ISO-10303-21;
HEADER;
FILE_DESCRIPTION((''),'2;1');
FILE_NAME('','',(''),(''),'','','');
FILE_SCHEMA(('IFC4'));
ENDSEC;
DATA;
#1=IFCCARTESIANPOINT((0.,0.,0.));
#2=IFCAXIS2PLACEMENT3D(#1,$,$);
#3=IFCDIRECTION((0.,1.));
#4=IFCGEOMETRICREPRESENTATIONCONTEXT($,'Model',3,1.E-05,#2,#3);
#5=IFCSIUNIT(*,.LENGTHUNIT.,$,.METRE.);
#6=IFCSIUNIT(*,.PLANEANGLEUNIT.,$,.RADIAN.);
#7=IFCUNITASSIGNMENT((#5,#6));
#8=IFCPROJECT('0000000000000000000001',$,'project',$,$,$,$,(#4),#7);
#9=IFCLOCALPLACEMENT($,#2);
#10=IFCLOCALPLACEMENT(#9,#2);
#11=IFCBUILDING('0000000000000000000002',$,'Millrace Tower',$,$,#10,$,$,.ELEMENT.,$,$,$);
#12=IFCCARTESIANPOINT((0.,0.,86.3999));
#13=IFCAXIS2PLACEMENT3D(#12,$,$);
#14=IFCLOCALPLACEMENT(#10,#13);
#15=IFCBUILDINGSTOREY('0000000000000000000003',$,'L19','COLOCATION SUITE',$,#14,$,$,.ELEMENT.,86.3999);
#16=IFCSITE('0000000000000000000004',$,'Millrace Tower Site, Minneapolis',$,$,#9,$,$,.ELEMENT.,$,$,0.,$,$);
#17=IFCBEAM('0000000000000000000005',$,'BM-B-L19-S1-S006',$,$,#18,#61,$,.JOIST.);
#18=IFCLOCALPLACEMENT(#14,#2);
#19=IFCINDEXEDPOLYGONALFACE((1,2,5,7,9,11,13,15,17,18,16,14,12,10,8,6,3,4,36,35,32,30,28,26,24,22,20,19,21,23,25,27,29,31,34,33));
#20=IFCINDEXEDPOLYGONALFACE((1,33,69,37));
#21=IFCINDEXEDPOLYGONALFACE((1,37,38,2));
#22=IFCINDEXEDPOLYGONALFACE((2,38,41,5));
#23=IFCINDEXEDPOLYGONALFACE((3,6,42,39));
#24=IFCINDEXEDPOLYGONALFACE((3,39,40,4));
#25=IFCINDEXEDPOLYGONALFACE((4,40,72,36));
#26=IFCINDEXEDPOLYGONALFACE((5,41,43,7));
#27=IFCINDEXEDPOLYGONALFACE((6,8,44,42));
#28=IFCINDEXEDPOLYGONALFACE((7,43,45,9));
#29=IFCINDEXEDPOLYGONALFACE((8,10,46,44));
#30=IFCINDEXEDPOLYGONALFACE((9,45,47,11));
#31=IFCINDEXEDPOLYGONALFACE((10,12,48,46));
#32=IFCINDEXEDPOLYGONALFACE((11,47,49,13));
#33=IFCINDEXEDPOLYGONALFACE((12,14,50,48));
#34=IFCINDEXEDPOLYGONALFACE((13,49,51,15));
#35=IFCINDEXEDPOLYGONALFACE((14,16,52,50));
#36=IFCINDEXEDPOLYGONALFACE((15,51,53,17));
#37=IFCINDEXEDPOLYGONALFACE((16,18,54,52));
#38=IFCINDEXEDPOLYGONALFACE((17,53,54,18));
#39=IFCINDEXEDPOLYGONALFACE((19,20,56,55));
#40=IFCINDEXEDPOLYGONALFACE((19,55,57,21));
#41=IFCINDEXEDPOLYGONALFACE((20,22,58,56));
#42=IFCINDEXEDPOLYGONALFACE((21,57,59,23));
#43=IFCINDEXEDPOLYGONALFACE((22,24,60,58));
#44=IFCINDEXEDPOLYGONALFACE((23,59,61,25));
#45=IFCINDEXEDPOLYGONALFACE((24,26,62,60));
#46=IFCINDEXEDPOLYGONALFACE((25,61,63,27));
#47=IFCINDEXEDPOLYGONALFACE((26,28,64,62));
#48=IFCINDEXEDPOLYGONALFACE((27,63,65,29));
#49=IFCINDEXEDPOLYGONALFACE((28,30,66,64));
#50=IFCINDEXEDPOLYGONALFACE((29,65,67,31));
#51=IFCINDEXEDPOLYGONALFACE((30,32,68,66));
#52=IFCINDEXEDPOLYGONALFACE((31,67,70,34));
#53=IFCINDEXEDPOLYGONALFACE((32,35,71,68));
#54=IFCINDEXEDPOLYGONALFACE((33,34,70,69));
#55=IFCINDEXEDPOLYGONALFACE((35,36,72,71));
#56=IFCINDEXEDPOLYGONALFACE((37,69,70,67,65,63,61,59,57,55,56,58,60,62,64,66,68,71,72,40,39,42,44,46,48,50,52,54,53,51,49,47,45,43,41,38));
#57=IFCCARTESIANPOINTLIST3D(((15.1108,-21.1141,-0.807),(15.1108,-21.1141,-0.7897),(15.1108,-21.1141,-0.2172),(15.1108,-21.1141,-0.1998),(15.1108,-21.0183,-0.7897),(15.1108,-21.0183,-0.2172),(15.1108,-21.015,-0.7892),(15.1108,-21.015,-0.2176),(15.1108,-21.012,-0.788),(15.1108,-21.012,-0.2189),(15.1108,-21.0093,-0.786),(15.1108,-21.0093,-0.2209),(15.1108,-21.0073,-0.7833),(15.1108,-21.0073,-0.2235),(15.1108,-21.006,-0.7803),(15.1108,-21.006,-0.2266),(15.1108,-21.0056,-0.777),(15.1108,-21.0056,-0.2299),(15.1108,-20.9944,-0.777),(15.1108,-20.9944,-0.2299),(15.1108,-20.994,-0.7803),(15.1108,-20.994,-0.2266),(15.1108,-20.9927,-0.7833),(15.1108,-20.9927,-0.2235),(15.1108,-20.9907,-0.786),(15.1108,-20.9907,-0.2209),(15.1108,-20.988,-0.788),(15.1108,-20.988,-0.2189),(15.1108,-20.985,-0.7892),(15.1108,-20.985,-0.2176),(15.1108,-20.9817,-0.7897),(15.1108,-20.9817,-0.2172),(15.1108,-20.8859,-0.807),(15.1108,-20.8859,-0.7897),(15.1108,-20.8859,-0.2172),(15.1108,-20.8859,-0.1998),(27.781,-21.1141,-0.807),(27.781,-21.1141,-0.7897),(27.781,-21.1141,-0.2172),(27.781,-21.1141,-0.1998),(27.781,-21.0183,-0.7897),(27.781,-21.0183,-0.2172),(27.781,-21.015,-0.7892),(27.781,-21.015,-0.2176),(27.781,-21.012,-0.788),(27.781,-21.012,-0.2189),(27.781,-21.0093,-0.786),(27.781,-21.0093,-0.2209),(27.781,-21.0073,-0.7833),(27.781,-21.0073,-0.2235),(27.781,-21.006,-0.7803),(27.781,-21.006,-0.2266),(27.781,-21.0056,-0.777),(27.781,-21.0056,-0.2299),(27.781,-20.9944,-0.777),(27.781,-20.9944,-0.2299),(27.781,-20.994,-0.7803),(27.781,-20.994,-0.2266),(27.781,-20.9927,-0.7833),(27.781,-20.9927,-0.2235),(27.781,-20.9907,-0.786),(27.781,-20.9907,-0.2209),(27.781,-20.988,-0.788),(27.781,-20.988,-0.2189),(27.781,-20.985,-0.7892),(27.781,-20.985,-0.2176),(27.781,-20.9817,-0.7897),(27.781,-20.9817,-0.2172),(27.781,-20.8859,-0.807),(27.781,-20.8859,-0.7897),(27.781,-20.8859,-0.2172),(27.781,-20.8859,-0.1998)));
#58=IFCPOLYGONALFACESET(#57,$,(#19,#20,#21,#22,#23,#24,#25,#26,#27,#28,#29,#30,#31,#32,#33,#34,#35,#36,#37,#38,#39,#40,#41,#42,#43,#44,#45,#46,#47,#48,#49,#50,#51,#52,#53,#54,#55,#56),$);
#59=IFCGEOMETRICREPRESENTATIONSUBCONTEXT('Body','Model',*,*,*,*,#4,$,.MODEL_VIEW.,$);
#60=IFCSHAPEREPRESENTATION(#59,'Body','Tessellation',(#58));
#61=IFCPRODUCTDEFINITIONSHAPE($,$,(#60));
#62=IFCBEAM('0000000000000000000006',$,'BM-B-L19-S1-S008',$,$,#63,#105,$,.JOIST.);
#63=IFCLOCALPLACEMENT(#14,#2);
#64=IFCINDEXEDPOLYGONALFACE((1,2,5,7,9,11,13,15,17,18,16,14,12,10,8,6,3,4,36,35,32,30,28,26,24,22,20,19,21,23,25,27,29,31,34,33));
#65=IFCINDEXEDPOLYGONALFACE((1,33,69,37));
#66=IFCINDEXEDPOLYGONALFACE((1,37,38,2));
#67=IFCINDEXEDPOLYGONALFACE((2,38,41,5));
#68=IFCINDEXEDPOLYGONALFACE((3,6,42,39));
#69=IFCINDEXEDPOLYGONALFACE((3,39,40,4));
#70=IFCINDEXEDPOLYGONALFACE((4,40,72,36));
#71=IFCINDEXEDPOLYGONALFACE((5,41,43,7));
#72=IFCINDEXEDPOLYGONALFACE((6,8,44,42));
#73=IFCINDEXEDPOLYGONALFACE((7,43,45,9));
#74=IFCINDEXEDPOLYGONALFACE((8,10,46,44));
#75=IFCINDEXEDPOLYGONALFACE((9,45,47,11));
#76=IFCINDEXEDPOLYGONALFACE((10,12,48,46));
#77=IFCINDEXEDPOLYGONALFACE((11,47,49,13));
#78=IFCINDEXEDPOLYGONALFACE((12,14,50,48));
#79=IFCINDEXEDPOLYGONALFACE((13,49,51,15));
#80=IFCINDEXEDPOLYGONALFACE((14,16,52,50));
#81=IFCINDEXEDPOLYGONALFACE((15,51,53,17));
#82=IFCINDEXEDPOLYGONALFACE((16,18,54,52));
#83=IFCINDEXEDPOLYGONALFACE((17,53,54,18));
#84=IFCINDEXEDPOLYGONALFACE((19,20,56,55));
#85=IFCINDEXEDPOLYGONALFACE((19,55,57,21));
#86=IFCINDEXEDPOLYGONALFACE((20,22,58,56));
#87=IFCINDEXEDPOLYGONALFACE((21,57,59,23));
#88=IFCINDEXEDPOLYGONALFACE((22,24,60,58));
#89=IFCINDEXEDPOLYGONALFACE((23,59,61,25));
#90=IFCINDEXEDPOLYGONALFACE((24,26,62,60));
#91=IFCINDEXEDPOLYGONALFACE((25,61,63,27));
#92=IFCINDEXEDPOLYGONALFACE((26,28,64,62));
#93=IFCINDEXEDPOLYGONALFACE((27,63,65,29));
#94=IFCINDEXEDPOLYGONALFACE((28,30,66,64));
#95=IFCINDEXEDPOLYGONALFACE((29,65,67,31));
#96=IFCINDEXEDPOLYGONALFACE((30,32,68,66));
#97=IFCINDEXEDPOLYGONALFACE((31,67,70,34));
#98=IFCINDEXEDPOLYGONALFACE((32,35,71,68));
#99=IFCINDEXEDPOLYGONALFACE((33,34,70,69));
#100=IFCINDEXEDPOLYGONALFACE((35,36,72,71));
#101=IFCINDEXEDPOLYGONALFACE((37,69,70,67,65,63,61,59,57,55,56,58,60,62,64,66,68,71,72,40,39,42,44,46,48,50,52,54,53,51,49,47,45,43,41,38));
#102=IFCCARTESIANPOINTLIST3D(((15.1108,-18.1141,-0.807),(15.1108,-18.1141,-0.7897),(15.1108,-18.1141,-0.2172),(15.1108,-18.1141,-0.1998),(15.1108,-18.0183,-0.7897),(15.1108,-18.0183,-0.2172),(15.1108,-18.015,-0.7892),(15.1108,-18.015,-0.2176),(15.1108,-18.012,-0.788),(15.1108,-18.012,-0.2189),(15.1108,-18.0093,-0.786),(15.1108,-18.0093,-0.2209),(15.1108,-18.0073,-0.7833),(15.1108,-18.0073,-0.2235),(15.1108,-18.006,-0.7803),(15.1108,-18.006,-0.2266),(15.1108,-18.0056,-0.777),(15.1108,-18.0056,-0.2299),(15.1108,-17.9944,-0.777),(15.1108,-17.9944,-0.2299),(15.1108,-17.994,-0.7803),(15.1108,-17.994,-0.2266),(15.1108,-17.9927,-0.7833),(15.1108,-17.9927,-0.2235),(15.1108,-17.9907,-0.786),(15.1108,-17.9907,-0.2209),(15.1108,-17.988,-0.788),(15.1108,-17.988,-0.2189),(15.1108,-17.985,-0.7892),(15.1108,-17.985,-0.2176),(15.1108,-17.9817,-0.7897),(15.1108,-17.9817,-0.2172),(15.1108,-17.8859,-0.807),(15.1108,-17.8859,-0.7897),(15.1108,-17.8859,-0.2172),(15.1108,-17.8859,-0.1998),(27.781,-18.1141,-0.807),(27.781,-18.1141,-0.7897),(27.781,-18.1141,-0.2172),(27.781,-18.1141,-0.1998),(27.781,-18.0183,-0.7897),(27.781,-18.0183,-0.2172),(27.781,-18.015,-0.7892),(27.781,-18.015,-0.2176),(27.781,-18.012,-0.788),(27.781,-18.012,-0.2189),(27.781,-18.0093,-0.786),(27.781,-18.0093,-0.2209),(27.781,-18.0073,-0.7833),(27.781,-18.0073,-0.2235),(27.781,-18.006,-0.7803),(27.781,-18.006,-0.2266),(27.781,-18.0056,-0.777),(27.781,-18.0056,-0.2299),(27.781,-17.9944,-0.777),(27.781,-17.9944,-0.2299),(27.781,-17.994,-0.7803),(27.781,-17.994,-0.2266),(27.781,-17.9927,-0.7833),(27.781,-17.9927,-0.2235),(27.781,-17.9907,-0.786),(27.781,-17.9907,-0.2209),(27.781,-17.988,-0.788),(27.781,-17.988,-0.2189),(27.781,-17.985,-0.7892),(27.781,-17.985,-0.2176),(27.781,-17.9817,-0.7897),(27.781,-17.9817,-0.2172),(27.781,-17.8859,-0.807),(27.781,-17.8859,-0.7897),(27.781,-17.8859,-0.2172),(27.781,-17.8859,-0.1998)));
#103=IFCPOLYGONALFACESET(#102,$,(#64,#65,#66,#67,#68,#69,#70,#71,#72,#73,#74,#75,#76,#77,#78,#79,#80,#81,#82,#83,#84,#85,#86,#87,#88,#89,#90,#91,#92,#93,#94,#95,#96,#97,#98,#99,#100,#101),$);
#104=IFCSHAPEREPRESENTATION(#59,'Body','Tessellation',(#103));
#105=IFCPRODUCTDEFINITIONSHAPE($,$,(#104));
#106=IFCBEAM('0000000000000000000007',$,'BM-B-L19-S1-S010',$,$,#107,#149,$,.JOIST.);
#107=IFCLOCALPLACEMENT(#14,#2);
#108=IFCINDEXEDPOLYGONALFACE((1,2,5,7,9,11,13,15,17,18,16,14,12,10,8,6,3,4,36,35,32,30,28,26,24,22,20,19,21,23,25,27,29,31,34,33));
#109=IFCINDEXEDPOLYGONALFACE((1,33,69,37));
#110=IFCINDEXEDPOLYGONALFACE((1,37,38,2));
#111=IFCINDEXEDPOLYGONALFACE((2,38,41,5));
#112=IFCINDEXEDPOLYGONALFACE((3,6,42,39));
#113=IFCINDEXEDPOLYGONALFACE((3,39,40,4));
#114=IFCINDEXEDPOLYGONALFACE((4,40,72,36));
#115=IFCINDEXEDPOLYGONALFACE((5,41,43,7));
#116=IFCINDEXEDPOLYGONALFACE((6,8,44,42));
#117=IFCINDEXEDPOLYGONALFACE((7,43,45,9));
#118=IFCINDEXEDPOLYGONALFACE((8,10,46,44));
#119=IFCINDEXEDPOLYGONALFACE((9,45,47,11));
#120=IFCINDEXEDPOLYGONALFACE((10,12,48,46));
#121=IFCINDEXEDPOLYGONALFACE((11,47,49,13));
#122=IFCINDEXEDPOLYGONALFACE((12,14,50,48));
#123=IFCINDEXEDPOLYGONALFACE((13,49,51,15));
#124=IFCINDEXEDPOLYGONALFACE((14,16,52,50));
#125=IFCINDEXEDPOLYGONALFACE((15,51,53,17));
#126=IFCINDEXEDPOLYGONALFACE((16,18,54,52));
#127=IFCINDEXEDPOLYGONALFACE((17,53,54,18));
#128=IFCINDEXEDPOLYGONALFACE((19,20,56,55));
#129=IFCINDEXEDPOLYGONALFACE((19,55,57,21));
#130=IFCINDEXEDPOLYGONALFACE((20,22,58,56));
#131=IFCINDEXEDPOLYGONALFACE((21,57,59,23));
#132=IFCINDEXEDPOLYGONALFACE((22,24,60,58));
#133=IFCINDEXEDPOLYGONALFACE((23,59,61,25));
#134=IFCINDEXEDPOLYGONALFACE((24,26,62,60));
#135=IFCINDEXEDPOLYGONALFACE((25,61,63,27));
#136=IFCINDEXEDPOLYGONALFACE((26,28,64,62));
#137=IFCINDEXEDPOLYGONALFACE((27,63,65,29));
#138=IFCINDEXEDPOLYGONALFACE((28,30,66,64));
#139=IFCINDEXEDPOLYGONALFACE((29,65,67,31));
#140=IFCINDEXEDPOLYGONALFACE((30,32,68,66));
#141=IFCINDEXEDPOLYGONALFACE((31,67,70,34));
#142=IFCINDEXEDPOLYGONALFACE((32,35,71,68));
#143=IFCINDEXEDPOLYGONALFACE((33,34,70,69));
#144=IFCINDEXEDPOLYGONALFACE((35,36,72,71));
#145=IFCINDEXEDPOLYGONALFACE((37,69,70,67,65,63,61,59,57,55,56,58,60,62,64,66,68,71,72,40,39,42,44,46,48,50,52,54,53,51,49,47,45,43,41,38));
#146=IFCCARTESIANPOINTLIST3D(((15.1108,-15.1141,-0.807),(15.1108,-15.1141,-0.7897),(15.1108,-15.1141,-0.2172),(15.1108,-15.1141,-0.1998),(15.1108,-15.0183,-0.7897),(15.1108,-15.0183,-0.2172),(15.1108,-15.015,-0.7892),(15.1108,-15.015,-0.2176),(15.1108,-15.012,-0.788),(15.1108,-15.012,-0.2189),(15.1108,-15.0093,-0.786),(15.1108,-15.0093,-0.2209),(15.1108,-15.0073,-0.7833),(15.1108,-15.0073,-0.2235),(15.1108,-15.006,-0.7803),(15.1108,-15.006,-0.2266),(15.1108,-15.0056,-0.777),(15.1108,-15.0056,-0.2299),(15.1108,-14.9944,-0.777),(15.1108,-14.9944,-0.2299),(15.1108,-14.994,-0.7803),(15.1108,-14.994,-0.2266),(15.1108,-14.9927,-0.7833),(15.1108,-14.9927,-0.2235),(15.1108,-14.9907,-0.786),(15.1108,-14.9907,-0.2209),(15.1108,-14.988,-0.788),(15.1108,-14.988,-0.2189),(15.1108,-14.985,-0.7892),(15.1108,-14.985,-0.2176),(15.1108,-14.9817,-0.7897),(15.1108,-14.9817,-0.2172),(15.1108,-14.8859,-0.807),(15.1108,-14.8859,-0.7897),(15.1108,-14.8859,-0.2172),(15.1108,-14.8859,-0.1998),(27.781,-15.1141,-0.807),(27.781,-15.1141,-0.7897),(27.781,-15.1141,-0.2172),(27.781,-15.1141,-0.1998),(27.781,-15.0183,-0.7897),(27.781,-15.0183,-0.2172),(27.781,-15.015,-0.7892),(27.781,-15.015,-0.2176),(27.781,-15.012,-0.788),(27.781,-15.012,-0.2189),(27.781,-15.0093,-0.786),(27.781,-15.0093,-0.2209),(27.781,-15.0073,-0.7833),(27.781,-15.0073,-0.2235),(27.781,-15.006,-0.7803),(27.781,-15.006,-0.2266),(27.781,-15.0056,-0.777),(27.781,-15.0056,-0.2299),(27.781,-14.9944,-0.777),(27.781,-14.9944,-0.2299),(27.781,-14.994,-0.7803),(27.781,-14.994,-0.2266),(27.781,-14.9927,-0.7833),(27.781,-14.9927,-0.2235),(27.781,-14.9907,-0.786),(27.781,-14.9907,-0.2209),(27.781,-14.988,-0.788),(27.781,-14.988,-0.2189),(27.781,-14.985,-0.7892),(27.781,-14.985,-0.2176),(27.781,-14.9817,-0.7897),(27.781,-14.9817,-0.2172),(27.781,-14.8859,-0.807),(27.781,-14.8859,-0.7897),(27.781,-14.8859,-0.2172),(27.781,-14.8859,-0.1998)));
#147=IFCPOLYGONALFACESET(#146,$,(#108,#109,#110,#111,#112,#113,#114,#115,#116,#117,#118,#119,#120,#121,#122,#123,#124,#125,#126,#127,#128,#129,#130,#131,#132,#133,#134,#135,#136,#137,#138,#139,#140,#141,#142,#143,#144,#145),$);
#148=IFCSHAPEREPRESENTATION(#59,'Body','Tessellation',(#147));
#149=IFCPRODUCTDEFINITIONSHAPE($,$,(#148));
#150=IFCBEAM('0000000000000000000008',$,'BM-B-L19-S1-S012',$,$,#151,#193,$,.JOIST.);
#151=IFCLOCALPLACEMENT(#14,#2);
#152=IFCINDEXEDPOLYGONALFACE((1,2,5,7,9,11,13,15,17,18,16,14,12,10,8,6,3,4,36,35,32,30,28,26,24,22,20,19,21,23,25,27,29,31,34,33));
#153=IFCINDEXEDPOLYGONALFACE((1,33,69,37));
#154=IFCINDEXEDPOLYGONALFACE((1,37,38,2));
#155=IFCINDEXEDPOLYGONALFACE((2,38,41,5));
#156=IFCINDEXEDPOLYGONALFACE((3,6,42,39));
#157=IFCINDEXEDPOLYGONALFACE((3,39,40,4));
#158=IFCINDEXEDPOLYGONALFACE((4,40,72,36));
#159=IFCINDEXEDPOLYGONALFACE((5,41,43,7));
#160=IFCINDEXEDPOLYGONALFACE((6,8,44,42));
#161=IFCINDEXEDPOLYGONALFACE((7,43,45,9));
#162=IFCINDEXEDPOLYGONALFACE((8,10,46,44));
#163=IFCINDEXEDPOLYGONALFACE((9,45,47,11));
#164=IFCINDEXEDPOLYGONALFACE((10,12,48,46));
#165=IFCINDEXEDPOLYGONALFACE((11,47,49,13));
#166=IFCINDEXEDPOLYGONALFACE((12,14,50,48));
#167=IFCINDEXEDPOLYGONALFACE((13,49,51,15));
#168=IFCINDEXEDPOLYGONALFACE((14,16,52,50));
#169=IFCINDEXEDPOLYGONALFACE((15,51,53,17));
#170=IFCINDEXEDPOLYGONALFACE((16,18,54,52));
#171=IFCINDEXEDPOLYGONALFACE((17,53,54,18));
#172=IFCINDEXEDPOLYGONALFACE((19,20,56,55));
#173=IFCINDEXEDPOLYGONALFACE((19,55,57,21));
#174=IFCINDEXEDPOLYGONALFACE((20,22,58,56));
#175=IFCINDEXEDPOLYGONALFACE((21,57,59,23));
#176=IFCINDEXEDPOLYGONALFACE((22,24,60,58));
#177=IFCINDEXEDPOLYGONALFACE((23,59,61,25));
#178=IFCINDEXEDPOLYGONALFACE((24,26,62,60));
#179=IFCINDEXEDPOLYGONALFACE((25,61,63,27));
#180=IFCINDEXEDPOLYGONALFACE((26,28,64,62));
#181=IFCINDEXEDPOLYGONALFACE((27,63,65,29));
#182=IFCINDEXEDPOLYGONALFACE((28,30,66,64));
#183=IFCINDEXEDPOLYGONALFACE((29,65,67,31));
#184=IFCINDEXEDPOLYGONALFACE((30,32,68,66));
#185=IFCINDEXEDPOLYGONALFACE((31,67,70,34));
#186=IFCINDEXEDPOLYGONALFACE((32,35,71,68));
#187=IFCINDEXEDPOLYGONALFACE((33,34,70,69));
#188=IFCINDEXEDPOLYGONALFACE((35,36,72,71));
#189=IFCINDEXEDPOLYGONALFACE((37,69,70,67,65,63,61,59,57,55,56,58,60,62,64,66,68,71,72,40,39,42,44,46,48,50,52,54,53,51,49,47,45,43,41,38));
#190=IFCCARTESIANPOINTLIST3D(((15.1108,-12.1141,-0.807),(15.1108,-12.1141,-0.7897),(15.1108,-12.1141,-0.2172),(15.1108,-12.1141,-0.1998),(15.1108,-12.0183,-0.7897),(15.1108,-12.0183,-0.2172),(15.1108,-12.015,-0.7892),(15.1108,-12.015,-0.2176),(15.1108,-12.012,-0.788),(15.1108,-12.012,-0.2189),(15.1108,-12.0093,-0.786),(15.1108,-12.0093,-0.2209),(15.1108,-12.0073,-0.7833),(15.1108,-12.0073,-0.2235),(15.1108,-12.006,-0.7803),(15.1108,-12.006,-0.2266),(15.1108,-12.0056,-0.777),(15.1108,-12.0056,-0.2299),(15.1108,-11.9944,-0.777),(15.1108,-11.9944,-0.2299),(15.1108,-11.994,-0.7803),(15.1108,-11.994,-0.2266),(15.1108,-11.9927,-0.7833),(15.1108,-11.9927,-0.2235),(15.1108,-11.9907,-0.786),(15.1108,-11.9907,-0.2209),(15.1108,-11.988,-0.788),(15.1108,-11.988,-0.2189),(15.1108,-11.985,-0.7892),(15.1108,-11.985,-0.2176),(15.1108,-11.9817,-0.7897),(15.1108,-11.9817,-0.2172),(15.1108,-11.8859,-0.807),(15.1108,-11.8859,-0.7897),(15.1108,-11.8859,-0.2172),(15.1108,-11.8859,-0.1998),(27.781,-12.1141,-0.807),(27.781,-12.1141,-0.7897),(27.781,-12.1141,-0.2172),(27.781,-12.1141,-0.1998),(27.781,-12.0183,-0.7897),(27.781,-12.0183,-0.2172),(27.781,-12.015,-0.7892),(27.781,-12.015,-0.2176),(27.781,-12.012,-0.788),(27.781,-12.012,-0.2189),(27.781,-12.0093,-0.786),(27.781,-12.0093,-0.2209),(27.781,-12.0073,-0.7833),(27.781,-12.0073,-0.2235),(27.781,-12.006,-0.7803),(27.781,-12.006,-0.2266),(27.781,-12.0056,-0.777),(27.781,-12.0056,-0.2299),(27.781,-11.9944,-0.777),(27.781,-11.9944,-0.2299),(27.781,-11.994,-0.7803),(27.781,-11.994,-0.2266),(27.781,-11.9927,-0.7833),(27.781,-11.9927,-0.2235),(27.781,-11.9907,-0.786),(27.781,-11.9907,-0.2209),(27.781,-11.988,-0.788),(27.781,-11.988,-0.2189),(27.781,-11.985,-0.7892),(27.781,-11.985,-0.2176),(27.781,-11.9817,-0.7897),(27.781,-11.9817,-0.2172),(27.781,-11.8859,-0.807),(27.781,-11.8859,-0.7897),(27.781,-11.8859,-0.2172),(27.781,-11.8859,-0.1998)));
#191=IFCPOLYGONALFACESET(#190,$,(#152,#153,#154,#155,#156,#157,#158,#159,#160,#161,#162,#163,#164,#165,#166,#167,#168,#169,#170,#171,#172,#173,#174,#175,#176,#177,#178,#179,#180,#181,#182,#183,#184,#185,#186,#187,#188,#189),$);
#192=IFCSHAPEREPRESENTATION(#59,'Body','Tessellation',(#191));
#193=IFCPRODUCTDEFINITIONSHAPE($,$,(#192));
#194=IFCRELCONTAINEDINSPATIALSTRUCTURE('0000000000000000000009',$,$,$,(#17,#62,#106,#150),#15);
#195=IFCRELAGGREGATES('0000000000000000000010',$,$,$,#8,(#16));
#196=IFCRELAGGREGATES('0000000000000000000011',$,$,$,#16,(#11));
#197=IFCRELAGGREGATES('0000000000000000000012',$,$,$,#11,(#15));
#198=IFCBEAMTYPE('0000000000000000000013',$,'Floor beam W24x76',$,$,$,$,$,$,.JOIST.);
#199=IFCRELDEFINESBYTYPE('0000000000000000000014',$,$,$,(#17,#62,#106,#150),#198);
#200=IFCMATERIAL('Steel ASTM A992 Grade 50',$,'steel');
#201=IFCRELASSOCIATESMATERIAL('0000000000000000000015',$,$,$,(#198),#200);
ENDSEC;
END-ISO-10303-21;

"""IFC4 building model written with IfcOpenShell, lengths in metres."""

from ifc_helpers import new_model, si_unit, direction, frame, origin, origin_2d, place, context, subcontext, project, spatial, i_section, extrude, material, material_profile, profile_set, type_object, element, save


model = new_model("IFC4")

# Units and contexts
model_context = context("Model", 3, precision=1e-05, world=origin(), true_north=direction((0.0, 1.0)))
body_context = subcontext(model_context, "Body", "Model", "MODEL_VIEW")
ifc_project = project(units=[si_unit("LENGTHUNIT", "METRE"), si_unit("PLANEANGLEUNIT", "RADIAN")], contexts=[model_context])

# Site, building, storey
site_placement = place(None, origin())
site = spatial("IfcSite", under=ifc_project, at=site_placement, Name="Millrace Tower Site, Minneapolis", CompositionType="ELEMENT", RefElevation=0.0)
building_placement = place(site_placement, origin())
building = spatial("IfcBuilding", under=site, at=building_placement, Name="Millrace Tower", CompositionType="ELEMENT")
storey_placement = place(building_placement, frame((0.0, 0.0, 86.3999)))
storey = spatial("IfcBuildingStorey", under=building, at=storey_placement, Name="L19", Description="COLOCATION SUITE", CompositionType="ELEMENT", Elevation=86.3999)

# Beams
ifc_material_1 = material(Name="Steel ASTM A992 Grade 50", Category="steel")
ifc_material_profile_1 = material_profile(ifc_material_1, i_section(OverallWidth=0.2283, OverallDepth=0.6072, WebThickness=0.0112, FlangeThickness=0.0173, FilletRadius=0.0127, at=origin_2d()))
ifc_profile_set_1 = profile_set([ifc_material_profile_1], Name="Steel ASTM A992 Grade 50")
beam_type_1 = type_object("IfcBeamType", Name="Floor beam W24x76", PredefinedType="JOIST", material=ifc_profile_set_1)
for number, where, z_axis, x_axis, name in (
    (1, (15.1108, -21.0, -0.5034), (1.0, 0.0, 0.0), (0.0, 1.0, 0.0), "BM-B-L19-S1-S006"),
    (2, (15.1108, -18.0, -0.5034), (1.0, 0.0, 0.0), (0.0, 1.0, 0.0), "BM-B-L19-S1-S008"),
    (3, (15.1108, -15.0, -0.5034), (1.0, 0.0, 0.0), (0.0, 1.0, 0.0), "BM-B-L19-S1-S010"),
    (4, (15.1108, -12.0, -0.5034), (1.0, 0.0, 0.0), (0.0, 1.0, 0.0), "BM-B-L19-S1-S012"),
):
    element("IfcBeam", number, at=place(storey_placement, frame(where, z_axis=z_axis, x_axis=x_axis)), inside=storey, type_object=beam_type_1, Name=name, PredefinedType="JOIST", context=body_context, shape_type="SweptSolid", body=[
        extrude(i_section(OverallWidth=0.2283, OverallDepth=0.6072, WebThickness=0.0112, FlangeThickness=0.0173, FilletRadius=0.0127, at=origin_2d()), origin(), (0.0, 0.0, 1.0), 12.6702),
    ])

save(model, "model.ifc")
